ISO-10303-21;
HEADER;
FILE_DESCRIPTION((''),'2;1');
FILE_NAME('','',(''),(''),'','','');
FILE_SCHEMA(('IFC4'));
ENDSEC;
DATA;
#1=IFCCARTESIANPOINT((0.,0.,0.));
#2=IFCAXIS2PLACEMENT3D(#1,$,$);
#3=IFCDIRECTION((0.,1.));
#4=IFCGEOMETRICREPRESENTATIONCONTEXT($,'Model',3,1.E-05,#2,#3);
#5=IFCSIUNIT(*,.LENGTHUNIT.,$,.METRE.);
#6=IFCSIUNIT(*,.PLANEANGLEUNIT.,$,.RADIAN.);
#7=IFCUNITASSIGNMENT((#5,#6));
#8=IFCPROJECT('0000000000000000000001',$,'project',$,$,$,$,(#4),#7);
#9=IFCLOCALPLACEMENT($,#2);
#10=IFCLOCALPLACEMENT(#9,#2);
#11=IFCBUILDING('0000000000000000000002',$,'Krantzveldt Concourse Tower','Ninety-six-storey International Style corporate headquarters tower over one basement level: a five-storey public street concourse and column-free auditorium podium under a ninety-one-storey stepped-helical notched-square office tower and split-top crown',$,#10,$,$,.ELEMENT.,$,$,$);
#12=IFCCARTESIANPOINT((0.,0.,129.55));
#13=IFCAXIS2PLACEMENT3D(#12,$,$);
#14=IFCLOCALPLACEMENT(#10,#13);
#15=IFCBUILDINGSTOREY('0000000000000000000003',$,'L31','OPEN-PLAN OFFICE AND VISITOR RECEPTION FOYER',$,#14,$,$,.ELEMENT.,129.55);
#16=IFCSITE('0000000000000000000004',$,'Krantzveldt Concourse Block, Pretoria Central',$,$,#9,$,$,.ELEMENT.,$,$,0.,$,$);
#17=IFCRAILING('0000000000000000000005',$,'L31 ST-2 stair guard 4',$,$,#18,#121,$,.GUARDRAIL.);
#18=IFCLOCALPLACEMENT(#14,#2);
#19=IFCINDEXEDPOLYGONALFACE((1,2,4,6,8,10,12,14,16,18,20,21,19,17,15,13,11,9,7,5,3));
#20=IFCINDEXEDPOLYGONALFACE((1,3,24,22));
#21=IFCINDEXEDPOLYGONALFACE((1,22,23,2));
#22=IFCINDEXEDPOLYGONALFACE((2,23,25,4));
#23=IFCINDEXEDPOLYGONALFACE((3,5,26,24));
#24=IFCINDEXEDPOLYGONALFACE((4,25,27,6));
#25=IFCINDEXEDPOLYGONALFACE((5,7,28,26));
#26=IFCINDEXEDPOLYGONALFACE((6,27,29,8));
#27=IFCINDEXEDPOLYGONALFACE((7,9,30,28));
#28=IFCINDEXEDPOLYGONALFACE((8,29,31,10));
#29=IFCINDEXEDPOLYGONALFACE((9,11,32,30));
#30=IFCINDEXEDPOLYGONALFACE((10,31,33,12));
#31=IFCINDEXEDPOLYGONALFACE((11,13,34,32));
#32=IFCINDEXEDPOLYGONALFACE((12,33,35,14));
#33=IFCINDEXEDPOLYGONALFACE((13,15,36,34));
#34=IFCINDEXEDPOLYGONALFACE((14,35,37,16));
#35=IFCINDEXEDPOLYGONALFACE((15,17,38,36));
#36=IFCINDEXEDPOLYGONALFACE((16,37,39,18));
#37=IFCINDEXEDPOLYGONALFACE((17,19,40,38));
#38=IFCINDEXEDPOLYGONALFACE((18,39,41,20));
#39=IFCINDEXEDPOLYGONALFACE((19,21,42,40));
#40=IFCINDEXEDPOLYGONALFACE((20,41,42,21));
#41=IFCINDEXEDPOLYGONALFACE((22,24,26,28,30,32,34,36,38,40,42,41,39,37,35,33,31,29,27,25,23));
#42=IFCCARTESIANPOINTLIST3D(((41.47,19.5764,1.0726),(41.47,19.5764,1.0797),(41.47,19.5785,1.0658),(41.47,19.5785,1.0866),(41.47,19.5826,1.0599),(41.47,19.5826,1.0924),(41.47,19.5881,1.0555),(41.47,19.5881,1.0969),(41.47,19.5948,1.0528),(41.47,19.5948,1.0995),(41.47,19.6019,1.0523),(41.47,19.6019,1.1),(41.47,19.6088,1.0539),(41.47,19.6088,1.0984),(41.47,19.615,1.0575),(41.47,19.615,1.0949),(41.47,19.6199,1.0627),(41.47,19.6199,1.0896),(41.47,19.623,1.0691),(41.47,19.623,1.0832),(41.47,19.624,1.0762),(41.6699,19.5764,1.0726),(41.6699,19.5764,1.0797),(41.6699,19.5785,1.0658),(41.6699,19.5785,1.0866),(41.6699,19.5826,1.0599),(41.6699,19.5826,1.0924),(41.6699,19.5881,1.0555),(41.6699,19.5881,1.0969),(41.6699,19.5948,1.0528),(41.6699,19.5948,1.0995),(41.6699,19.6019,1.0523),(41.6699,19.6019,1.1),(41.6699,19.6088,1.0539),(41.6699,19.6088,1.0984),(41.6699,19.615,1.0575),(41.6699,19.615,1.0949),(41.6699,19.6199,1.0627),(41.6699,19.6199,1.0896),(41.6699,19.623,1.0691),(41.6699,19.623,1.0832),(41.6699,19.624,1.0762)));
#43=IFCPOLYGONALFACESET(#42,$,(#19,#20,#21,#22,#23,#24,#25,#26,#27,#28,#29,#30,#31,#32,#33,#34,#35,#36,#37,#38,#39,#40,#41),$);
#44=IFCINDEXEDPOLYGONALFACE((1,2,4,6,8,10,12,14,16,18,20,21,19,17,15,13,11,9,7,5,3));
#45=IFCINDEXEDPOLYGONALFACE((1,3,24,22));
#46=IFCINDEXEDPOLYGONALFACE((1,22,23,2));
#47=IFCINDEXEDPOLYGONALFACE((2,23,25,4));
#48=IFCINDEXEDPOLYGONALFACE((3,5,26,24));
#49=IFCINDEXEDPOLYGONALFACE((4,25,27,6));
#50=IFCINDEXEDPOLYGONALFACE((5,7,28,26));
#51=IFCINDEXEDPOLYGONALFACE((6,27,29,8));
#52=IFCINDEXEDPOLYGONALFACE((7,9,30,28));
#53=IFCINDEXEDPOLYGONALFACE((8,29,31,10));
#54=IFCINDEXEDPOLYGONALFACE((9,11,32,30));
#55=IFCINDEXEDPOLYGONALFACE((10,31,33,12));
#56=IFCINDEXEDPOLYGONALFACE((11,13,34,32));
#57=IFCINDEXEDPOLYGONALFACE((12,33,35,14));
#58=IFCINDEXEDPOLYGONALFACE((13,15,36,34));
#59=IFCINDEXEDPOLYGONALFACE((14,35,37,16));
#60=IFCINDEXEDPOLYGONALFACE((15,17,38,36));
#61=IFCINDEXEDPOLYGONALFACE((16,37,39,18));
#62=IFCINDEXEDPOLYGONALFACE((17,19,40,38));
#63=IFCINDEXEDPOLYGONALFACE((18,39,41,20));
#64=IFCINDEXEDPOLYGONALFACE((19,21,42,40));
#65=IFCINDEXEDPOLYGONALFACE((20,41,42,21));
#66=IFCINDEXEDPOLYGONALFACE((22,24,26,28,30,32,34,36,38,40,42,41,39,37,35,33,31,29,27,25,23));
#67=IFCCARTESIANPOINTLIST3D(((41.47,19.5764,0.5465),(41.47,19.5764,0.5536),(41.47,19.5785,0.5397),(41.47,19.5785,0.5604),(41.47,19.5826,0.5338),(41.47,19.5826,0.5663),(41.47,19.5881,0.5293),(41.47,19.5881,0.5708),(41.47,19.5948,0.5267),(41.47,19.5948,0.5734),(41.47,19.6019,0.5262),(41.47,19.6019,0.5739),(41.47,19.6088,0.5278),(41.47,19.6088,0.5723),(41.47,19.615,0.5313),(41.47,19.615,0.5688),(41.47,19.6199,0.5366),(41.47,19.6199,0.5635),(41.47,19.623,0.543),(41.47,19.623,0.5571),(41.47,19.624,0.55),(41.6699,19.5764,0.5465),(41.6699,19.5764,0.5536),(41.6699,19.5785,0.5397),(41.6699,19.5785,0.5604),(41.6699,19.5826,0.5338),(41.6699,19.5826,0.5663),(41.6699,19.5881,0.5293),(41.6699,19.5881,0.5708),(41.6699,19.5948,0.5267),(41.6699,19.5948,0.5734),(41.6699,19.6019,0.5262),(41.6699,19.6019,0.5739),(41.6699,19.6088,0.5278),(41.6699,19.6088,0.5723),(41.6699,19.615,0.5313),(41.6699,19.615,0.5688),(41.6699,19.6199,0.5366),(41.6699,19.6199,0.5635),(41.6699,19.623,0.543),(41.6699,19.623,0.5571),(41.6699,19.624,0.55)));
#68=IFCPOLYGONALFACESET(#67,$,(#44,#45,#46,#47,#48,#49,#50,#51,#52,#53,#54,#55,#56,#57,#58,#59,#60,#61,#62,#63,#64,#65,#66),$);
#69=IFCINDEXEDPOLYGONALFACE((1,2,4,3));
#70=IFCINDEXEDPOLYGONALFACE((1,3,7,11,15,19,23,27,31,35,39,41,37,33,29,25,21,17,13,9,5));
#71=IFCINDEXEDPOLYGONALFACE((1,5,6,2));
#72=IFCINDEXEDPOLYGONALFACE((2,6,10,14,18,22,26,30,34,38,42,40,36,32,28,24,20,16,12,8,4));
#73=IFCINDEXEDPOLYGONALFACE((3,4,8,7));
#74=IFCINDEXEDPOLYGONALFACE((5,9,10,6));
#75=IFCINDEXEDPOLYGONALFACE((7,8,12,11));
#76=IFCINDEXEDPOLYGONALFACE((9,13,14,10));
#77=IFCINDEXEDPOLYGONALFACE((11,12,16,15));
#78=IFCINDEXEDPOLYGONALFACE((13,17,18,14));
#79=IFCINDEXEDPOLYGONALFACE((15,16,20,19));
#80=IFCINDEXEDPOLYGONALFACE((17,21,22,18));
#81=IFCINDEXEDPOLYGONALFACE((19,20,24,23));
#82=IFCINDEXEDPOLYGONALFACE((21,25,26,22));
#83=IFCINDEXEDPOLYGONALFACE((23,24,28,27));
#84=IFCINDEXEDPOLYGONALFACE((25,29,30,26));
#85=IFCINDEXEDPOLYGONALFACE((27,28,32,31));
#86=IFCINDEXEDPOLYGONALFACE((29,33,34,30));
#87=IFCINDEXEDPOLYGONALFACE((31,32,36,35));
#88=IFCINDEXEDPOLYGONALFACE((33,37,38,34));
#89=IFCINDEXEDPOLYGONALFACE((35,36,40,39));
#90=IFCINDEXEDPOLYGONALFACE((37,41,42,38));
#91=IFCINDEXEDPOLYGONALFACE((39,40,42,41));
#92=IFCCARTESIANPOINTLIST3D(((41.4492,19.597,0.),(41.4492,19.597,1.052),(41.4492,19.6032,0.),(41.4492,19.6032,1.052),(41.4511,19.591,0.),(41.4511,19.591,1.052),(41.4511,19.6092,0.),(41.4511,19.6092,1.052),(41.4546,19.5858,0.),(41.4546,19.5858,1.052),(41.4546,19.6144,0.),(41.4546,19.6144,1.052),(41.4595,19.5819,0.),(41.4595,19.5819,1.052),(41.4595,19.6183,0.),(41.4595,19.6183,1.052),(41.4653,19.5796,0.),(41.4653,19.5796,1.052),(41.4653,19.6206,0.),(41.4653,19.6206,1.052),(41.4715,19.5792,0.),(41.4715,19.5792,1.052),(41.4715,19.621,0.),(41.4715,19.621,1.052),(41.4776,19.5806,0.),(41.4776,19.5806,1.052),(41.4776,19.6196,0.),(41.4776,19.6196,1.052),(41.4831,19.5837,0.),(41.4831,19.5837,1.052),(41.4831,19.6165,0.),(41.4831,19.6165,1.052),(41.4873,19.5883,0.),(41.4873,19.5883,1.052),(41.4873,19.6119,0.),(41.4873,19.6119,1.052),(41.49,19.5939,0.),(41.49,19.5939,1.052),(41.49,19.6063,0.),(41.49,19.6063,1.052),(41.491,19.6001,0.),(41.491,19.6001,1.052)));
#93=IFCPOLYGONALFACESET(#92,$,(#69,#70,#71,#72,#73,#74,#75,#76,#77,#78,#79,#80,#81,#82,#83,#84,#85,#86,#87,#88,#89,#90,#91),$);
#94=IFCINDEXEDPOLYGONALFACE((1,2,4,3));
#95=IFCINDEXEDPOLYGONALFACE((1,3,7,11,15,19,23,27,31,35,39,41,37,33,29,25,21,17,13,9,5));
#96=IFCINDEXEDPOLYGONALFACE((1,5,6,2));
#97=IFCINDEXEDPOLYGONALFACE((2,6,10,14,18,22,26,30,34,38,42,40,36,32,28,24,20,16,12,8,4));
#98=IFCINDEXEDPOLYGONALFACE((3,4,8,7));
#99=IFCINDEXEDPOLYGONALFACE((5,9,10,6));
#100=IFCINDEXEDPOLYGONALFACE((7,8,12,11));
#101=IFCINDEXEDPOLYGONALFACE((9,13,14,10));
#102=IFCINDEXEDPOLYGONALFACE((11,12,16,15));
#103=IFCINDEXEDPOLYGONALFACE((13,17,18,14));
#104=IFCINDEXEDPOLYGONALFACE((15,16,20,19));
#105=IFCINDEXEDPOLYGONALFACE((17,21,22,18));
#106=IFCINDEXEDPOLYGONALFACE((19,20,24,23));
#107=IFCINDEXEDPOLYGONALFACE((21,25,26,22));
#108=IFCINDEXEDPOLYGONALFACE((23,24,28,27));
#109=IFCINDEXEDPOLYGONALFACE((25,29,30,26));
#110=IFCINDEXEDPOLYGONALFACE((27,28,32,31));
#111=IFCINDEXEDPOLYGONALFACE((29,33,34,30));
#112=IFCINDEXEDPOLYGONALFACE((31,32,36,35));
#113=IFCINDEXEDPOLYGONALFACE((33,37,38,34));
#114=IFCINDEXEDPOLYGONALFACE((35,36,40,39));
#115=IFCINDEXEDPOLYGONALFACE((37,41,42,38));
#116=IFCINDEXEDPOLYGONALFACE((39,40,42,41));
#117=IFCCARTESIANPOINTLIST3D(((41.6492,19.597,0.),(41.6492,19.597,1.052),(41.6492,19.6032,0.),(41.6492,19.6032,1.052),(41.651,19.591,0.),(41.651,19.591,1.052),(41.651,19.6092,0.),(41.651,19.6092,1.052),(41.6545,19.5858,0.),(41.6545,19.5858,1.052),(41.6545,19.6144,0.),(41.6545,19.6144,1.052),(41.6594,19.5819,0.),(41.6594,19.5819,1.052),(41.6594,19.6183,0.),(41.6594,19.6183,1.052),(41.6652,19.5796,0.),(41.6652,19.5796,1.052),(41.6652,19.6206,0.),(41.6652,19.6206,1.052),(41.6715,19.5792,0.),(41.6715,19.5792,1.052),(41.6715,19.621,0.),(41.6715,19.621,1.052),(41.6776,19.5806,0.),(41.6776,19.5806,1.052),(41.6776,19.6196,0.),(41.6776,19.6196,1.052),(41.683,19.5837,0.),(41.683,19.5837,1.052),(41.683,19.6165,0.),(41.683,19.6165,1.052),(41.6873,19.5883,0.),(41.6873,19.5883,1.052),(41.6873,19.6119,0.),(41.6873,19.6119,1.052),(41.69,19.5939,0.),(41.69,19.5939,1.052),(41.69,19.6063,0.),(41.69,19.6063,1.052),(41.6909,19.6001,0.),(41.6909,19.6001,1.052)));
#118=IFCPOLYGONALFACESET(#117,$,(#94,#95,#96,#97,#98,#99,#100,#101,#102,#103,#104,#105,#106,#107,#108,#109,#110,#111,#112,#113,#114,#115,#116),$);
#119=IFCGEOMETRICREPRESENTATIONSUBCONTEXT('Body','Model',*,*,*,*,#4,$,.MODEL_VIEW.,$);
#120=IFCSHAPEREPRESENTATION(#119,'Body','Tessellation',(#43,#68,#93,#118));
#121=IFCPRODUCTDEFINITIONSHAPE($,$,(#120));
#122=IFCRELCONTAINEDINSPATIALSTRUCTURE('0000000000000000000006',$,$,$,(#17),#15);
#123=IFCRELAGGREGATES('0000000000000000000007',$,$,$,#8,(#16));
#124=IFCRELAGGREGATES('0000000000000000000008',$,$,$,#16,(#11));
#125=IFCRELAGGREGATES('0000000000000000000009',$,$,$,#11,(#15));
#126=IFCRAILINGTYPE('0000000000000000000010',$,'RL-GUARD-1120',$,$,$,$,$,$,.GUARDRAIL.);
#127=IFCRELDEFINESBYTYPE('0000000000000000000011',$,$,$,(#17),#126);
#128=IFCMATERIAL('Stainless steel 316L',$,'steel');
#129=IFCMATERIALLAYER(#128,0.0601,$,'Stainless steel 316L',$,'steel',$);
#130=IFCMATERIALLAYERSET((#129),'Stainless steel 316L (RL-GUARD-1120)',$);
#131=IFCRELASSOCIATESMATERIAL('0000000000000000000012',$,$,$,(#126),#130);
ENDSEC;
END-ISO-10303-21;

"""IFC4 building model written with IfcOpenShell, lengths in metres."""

from ifc_helpers import new_model, si_unit, direction, frame, origin, origin_2d, place, context, subcontext, project, spatial, circle, extrude, material, layer, layer_set, type_object, element, save


model = new_model("IFC4")

# Units and contexts
model_context = context("Model", 3, precision=1e-05, world=origin(), true_north=direction((0.0, 1.0)))
body_context = subcontext(model_context, "Body", "Model", "MODEL_VIEW")
ifc_project = project(units=[si_unit("LENGTHUNIT", "METRE"), si_unit("PLANEANGLEUNIT", "RADIAN")], contexts=[model_context])

# Site, building, storey
site_placement = place(None, origin())
site = spatial("IfcSite", under=ifc_project, at=site_placement, Name="Krantzveldt Concourse Block, Pretoria Central", CompositionType="ELEMENT", RefElevation=0.0)
building_placement = place(site_placement, origin())
building = spatial("IfcBuilding", under=site, at=building_placement, Name="Krantzveldt Concourse Tower", Description="Ninety-six-storey International Style corporate headquarters tower over one basement level: a five-storey public street concourse and column-free auditorium podium under a ninety-one-storey stepped-helical notched-square office tower and split-top crown", CompositionType="ELEMENT")
storey_placement = place(building_placement, frame((0.0, 0.0, 129.55)))
storey = spatial("IfcBuildingStorey", under=building, at=storey_placement, Name="L31", Description="OPEN-PLAN OFFICE AND VISITOR RECEPTION FOYER", CompositionType="ELEMENT", Elevation=129.55)

# Shared definitions
ifc_material_1 = material(Name="Stainless steel 316L", Category="steel")

# Railing
ifc_layer_1 = layer(ifc_material_1, 0.0601, Name="Stainless steel 316L", Category="steel")
ifc_layer_set_1 = layer_set([ifc_layer_1], Name="Stainless steel 316L (RL-GUARD-1120)")
railing_type_1 = type_object("IfcRailingType", Name="RL-GUARD-1120", PredefinedType="GUARDRAIL", material=ifc_layer_set_1)
railing_1_placement = place(storey_placement, frame((41.47, 19.6001, 0.0)))
element("IfcRailing", 1, at=railing_1_placement, inside=storey, type_object=railing_type_1, Name="L31 ST-2 stair guard 4", PredefinedType="GUARDRAIL", context=body_context, shape_type="SweptSolid", body=[
    extrude(circle(Radius=0.0239, at=origin_2d()), frame((0.0, 0.0, 1.0762), z_axis=(1.0, 0.0, 0.0), x_axis=(0.0, 1.0, 0.0)), (0.0, 0.0, 1.0), 0.2),
    extrude(circle(Radius=0.0239, at=origin_2d()), frame((0.0, 0.0, 0.55), z_axis=(1.0, 0.0, 0.0), x_axis=(0.0, 1.0, 0.0)), (0.0, 0.0, 1.0), 0.2),
    extrude(circle(Radius=0.021, at=origin_2d()), origin(), (0.0, 0.0, 1.0), 1.052),
    extrude(circle(Radius=0.021, at=origin_2d()), frame((0.2, 0.0, 0.0)), (0.0, 0.0, 1.0), 1.052),
])

save(model, "model.ifc")
